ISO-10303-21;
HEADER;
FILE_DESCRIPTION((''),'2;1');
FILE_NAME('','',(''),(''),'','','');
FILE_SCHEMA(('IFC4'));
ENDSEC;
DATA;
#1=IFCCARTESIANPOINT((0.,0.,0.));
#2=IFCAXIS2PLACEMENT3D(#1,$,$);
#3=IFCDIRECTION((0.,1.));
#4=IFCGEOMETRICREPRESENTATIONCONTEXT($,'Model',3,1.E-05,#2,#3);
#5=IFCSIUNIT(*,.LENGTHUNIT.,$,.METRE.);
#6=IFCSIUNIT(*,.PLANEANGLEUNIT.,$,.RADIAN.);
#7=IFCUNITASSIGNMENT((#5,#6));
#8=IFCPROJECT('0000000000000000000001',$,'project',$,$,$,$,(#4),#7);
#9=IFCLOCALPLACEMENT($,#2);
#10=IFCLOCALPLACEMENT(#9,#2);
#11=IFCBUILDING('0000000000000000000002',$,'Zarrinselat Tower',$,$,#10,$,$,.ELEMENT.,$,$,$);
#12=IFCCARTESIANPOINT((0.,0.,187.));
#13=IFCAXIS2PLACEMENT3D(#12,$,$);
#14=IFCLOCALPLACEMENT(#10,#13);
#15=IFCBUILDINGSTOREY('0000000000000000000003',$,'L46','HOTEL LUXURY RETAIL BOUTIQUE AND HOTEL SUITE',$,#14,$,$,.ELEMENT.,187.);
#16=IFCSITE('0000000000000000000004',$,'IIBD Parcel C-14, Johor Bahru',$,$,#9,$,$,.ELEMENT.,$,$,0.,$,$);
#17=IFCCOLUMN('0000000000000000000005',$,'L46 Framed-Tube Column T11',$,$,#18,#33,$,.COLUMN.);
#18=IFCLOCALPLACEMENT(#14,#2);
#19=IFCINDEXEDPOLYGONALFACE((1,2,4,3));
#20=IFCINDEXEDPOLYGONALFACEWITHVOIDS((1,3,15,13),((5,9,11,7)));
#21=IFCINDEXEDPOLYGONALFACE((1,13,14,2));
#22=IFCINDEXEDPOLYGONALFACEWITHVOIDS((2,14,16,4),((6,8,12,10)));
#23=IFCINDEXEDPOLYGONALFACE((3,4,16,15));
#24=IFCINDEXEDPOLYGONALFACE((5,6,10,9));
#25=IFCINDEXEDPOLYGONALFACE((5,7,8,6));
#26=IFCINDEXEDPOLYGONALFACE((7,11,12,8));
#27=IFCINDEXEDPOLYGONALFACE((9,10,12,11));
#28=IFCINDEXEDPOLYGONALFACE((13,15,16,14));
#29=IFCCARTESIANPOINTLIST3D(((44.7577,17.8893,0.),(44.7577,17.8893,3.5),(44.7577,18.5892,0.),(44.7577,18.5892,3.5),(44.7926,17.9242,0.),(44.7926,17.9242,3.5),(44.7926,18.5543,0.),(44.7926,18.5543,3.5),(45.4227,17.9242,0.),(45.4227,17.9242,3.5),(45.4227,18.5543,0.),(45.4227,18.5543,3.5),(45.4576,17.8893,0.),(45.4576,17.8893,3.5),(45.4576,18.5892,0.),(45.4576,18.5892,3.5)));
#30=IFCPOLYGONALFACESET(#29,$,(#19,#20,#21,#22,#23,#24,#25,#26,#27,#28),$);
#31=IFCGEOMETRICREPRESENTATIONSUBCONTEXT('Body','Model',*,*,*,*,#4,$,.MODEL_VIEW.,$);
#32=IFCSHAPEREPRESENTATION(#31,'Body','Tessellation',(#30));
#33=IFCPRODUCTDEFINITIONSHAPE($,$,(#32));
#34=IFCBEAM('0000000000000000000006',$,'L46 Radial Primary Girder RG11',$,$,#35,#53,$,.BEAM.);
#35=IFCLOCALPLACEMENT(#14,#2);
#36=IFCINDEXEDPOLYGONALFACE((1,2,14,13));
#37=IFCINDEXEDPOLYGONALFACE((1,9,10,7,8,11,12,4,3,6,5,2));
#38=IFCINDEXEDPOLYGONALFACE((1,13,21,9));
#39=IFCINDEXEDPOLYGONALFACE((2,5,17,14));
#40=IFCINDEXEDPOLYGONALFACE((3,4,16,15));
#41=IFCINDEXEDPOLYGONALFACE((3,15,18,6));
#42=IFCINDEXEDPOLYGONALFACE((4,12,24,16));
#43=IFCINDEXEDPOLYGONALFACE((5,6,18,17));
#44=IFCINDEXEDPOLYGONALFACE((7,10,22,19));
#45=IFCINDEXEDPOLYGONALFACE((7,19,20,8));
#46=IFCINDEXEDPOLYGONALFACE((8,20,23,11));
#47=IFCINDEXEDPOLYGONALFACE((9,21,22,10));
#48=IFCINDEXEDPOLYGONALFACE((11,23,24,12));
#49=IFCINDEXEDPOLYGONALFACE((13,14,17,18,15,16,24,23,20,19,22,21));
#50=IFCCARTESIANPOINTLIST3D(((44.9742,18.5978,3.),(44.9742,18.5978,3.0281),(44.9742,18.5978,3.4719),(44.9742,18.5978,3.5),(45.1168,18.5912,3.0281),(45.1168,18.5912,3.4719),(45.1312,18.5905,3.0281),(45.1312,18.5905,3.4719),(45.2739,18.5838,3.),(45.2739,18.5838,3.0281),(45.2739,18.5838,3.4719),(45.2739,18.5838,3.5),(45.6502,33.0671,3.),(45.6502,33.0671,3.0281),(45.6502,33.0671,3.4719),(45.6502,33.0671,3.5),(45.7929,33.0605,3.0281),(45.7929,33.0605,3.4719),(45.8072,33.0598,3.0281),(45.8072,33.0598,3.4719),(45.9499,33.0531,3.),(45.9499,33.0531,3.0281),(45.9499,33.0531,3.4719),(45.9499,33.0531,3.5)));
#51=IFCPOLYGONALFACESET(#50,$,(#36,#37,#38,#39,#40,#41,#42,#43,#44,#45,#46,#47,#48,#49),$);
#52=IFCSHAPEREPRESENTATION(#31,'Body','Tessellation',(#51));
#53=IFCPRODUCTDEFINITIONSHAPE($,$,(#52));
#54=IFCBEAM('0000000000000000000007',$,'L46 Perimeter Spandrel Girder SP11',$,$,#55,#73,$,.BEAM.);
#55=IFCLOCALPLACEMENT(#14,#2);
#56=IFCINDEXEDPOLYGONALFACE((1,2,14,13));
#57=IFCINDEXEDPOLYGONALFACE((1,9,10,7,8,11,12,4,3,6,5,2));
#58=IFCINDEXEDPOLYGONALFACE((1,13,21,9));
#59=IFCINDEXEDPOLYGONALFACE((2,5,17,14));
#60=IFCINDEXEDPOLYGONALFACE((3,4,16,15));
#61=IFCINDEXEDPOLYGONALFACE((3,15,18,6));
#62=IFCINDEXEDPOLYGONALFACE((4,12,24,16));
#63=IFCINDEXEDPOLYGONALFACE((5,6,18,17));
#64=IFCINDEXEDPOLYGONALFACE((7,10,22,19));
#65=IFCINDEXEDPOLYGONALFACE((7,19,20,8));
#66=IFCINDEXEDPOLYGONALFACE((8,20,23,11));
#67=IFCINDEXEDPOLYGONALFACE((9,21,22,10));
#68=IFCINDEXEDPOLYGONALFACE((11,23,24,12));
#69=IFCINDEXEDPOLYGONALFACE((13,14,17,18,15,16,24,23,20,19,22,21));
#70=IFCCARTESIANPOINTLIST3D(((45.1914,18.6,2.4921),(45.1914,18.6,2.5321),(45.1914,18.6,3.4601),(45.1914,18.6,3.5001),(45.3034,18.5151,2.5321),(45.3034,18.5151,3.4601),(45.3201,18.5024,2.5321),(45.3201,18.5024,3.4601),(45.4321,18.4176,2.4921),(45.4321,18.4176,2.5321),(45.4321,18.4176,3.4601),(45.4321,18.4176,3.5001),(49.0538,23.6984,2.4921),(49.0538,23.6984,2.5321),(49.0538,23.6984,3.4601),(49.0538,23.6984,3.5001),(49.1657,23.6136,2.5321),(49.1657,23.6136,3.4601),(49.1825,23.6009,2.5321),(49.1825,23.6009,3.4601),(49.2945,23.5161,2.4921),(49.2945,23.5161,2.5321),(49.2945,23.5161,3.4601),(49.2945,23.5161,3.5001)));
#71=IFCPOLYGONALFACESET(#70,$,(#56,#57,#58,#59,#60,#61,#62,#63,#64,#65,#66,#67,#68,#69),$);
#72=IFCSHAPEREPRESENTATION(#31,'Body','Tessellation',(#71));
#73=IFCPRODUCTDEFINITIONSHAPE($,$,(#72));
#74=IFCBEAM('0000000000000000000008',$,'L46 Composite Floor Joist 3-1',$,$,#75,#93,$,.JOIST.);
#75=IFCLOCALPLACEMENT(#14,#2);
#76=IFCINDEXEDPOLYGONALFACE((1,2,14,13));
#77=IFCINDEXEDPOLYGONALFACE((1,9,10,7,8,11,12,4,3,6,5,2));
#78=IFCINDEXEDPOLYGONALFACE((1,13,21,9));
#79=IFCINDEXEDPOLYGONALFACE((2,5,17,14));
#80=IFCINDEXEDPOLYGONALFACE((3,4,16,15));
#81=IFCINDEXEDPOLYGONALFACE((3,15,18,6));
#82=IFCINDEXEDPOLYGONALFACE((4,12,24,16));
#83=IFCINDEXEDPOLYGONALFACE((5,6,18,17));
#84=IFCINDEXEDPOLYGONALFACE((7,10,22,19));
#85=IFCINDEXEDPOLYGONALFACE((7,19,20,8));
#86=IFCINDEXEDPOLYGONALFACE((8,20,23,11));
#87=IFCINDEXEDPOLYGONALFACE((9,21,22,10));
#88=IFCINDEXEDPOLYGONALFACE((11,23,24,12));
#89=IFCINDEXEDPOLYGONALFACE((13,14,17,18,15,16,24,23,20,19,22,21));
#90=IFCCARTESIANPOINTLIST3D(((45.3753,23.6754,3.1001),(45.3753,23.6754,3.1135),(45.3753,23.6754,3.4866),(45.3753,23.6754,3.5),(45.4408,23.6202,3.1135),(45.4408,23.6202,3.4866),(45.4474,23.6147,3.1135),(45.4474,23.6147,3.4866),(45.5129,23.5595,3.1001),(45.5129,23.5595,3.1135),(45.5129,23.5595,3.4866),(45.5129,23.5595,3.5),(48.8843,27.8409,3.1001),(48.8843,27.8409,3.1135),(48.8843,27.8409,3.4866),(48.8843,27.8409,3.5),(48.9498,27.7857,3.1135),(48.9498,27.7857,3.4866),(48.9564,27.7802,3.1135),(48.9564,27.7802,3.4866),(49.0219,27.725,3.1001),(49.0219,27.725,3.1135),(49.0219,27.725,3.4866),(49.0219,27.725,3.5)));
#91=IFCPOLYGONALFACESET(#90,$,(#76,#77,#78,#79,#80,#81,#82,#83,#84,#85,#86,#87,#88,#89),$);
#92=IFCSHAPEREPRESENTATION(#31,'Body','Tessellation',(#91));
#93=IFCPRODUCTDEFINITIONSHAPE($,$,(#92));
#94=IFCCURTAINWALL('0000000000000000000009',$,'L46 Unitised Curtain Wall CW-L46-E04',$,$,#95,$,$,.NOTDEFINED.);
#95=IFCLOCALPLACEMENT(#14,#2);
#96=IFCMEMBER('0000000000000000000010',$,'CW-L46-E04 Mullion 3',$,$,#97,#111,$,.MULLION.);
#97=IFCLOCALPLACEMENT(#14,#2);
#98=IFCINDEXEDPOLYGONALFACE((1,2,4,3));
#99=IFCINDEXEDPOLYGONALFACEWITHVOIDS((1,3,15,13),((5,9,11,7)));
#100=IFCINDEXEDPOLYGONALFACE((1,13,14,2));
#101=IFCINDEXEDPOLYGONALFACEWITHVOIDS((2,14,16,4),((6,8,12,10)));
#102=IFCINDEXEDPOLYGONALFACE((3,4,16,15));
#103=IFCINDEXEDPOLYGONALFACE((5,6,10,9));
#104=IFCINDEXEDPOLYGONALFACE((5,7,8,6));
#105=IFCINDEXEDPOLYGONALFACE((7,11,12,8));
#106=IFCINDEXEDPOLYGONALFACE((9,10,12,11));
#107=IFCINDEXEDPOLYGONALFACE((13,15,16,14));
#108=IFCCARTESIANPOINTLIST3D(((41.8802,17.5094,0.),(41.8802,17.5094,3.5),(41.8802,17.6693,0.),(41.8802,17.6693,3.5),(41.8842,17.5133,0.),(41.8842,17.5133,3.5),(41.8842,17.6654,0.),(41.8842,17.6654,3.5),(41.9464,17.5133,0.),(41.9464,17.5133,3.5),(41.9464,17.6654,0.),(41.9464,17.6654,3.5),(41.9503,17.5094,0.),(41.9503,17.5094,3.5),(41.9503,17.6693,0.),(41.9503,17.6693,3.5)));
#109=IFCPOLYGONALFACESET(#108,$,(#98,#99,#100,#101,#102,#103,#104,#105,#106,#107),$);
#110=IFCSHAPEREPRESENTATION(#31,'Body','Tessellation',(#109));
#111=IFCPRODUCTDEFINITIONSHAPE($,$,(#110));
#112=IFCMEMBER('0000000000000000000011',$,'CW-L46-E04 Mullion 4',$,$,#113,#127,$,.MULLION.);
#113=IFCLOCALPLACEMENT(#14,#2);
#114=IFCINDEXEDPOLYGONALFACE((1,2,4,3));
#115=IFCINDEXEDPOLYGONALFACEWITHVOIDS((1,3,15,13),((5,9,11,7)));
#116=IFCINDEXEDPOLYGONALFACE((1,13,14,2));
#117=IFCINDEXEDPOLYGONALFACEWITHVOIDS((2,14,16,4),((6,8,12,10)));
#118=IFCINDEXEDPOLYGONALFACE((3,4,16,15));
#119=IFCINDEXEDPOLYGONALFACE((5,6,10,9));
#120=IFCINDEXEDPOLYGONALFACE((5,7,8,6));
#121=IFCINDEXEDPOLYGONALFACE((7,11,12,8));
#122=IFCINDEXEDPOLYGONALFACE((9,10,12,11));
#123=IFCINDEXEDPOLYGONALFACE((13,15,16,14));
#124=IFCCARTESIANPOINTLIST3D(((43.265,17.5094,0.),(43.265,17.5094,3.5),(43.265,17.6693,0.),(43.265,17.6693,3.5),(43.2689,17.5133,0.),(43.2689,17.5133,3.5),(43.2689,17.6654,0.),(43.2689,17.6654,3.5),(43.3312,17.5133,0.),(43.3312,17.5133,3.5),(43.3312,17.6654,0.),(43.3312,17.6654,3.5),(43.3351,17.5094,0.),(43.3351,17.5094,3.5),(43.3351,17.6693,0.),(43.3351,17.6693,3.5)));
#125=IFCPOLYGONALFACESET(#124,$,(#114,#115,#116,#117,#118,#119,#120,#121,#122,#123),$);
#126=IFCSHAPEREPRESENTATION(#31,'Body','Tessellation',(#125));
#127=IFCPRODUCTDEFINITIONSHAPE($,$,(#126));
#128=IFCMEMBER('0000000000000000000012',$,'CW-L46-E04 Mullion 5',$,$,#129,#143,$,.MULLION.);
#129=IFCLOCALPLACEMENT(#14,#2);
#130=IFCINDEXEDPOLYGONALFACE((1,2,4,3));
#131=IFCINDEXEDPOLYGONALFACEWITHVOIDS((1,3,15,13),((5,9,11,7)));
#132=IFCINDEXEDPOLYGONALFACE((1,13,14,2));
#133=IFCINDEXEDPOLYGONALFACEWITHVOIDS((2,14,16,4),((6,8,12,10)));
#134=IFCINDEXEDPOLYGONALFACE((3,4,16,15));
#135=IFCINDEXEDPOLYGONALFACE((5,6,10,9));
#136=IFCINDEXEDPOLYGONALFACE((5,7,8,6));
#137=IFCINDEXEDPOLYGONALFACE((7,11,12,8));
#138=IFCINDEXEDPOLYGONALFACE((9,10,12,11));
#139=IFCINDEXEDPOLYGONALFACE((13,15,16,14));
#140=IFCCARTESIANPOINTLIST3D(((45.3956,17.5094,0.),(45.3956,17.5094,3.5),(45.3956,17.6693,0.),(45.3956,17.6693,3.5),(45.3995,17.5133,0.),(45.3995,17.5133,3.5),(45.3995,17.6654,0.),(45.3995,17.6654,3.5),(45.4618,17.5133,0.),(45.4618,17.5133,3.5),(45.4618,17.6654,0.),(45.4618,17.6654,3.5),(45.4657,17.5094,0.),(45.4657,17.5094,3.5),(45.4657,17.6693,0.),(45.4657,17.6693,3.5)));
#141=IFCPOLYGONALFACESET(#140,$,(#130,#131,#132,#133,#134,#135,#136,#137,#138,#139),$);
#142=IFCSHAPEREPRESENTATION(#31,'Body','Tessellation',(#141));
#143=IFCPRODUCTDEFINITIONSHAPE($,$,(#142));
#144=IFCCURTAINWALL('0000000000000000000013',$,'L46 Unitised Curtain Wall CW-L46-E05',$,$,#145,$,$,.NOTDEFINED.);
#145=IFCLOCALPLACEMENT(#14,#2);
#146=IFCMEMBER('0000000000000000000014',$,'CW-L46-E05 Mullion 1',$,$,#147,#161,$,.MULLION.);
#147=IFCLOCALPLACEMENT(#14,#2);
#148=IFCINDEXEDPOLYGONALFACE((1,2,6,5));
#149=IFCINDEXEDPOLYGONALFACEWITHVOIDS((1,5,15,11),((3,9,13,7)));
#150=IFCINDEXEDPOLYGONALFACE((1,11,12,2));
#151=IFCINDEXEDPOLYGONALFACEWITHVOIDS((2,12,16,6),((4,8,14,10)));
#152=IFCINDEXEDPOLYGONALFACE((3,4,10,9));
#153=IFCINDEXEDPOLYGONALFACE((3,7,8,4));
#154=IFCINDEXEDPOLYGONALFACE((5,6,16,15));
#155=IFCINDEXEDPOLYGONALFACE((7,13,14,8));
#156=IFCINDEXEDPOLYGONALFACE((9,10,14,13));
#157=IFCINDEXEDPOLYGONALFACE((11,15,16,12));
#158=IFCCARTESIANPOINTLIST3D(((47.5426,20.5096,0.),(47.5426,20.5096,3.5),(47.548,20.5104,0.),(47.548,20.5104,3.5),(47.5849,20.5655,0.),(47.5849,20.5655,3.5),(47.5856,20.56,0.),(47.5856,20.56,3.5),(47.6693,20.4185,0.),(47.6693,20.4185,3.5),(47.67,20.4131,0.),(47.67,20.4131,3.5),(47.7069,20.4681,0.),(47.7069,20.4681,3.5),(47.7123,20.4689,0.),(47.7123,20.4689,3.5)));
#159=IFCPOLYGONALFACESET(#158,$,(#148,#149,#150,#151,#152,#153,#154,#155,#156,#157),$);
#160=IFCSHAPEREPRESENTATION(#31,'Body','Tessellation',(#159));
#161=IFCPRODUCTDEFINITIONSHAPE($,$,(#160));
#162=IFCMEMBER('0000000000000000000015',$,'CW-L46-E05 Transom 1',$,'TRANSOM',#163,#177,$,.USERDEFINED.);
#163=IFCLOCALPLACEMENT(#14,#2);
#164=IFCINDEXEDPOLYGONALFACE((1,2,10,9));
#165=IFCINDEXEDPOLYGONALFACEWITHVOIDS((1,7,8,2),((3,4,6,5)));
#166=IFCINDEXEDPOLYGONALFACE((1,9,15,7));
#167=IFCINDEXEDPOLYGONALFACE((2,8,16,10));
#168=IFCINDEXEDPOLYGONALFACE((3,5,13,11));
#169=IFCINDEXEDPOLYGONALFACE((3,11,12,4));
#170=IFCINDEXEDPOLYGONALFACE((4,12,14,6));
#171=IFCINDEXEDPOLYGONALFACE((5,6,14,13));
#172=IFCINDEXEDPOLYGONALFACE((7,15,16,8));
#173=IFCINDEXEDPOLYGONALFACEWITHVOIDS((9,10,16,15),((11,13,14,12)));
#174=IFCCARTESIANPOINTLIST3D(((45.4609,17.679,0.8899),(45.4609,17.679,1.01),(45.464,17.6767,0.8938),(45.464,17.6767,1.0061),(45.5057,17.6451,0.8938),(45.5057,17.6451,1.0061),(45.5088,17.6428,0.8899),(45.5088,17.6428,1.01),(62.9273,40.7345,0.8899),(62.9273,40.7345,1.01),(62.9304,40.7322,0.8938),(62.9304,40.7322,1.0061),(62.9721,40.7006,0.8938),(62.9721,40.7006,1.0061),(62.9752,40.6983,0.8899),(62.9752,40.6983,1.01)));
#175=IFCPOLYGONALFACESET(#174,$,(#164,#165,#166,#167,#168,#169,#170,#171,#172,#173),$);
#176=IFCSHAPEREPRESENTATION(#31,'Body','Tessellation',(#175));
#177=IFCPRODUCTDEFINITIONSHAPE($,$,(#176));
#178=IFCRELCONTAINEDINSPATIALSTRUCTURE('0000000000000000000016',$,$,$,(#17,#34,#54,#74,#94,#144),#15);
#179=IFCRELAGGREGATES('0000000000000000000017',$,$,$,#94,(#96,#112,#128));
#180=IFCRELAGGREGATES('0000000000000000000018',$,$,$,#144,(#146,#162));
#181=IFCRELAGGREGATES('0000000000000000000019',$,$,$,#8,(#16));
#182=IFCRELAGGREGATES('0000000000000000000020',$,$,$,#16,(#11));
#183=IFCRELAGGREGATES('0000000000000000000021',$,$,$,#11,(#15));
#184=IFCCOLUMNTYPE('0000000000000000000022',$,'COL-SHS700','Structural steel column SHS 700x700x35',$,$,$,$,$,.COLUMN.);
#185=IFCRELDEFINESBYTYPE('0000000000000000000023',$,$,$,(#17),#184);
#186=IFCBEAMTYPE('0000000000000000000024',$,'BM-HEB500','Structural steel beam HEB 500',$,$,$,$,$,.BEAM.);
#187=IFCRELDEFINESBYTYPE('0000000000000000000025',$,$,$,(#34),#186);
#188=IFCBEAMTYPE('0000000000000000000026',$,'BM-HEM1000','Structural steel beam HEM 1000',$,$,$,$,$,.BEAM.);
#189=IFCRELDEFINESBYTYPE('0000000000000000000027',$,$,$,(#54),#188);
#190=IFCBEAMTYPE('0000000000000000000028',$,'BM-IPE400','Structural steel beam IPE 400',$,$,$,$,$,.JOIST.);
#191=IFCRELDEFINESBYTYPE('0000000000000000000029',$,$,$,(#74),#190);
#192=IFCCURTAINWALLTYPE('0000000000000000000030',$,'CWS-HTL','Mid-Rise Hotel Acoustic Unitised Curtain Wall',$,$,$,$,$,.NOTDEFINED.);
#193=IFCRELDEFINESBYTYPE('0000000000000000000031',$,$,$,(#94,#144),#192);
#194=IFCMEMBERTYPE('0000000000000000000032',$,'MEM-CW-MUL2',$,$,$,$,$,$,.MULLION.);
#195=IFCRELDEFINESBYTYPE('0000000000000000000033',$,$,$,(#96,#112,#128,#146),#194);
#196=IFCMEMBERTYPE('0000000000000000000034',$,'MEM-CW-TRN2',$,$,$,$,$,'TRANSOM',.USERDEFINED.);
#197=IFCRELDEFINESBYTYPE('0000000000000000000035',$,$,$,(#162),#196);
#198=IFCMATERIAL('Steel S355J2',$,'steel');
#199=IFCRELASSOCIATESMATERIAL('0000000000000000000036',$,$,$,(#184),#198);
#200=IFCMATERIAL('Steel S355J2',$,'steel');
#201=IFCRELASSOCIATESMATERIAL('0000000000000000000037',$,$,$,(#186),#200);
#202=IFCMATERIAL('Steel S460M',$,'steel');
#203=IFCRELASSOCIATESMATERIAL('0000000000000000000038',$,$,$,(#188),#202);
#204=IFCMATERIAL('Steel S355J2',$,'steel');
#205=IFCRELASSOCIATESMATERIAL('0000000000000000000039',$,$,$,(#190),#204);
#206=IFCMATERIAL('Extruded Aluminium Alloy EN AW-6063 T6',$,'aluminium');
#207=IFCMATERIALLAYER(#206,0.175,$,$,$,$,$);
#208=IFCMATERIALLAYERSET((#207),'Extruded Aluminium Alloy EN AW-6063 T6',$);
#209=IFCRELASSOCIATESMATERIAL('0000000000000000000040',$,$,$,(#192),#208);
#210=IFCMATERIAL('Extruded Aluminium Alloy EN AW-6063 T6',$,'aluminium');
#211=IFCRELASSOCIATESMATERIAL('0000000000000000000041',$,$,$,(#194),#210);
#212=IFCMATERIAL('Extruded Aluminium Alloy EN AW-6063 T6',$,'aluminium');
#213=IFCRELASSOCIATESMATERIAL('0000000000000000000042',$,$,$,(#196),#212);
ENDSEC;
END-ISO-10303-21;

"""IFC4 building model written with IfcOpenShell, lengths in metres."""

from ifc_helpers import new_model, si_unit, direction, frame, origin, origin_2d, place, context, subcontext, project, spatial, hollow_rectangle, i_section, extrude, material, layer, layer_set, material_profile, profile_set, type_object, element, aggregate, save


model = new_model("IFC4")

# Units and contexts
model_context = context("Model", 3, precision=1e-05, world=origin(), true_north=direction((0.0, 1.0)))
body_context = subcontext(model_context, "Body", "Model", "MODEL_VIEW")
ifc_project = project(units=[si_unit("LENGTHUNIT", "METRE"), si_unit("PLANEANGLEUNIT", "RADIAN")], contexts=[model_context])

# Site, building, storey
site_placement = place(None, origin())
site = spatial("IfcSite", under=ifc_project, at=site_placement, Name="IIBD Parcel C-14, Johor Bahru", CompositionType="ELEMENT", RefElevation=0.0)
building_placement = place(site_placement, origin())
building = spatial("IfcBuilding", under=site, at=building_placement, Name="Zarrinselat Tower", CompositionType="ELEMENT")
storey_placement = place(building_placement, frame((0.0, 0.0, 187.0)))
storey = spatial("IfcBuildingStorey", under=building, at=storey_placement, Name="L46", Description="HOTEL LUXURY RETAIL BOUTIQUE AND HOTEL SUITE", CompositionType="ELEMENT", Elevation=187.0)

# Column
ifc_material_1 = material(Name="Steel S355J2", Category="steel")
ifc_material_profile_1 = material_profile(ifc_material_1, hollow_rectangle(XDim=0.7, YDim=0.7, WallThickness=0.0349, at=origin_2d()), Name="SHS 700x700x35")
ifc_profile_set_1 = profile_set([ifc_material_profile_1], Name="Steel S355J2")
column_type = type_object("IfcColumnType", Name="COL-SHS700", Description="Structural steel column SHS 700x700x35", PredefinedType="COLUMN", material=ifc_profile_set_1)
column_placement = place(storey_placement, frame((45.1077, 18.2393, 0.0), z_axis=(0.0, 0.0, 1.0), x_axis=(1.0, 0.0, 0.0)))
element("IfcColumn", 1, at=column_placement, inside=storey, type_object=column_type, Name="L46 Framed-Tube Column T11", PredefinedType="COLUMN", context=body_context, shape_type="SweptSolid", body=[
    extrude(hollow_rectangle(XDim=0.7, YDim=0.7, WallThickness=0.0349, at=origin_2d()), origin(), (0.0, 0.0, 1.0), 3.5),
])

# Beams
ifc_material_2 = material(Name="Steel S355J2", Category="steel")
ifc_material_profile_2 = material_profile(ifc_material_2, i_section(OverallWidth=0.3, OverallDepth=0.5, WebThickness=0.0144, FlangeThickness=0.0281, at=origin_2d()), Name="HEB 500")
ifc_profile_set_2 = profile_set([ifc_material_profile_2], Name="Steel S355J2")
beam_type_1 = type_object("IfcBeamType", Name="BM-HEB500", Description="Structural steel beam HEB 500", PredefinedType="BEAM", material=ifc_profile_set_2)
beam_1_placement = place(storey_placement, frame((45.124, 18.5908, 3.25), z_axis=(0.046671, 0.99891, 0.0), x_axis=(-0.99891, 0.046671, 0.0)))
element("IfcBeam", 2, at=beam_1_placement, inside=storey, type_object=beam_type_1, Name="L46 Radial Primary Girder RG11", PredefinedType="BEAM", context=body_context, shape_type="SweptSolid", body=[
    extrude(i_section(OverallWidth=0.3, OverallDepth=0.5, WebThickness=0.0144, FlangeThickness=0.0281, at=origin_2d()), origin(), (0.0, 0.0, 1.0), 14.4851),
])
ifc_material_3 = material(Name="Steel S460M", Category="steel")
ifc_material_profile_3 = material_profile(ifc_material_3, i_section(OverallWidth=0.302, OverallDepth=1.0081, WebThickness=0.021, FlangeThickness=0.04, at=origin_2d()), Name="HEM 1000")
ifc_profile_set_3 = profile_set([ifc_material_profile_3], Name="Steel S460M")
beam_type_2 = type_object("IfcBeamType", Name="BM-HEM1000", Description="Structural steel beam HEM 1000", PredefinedType="BEAM", material=ifc_profile_set_3)
beam_2_placement = place(storey_placement, frame((45.3118, 18.5088, 2.9961), z_axis=(0.603847, 0.7971, 0.0), x_axis=(-0.7971, 0.603847, 0.0)))
element("IfcBeam", 3, at=beam_2_placement, inside=storey, type_object=beam_type_2, Name="L46 Perimeter Spandrel Girder SP11", PredefinedType="BEAM", context=body_context, shape_type="SweptSolid", body=[
    extrude(i_section(OverallWidth=0.302, OverallDepth=1.0081, WebThickness=0.021, FlangeThickness=0.04, at=origin_2d()), origin(), (0.0, 0.0, 1.0), 6.3962),
])
ifc_material_4 = material(Name="Steel S355J2", Category="steel")
ifc_material_profile_4 = material_profile(ifc_material_4, i_section(OverallWidth=0.1799, OverallDepth=0.3999, WebThickness=0.0085, FlangeThickness=0.0134, at=origin_2d()), Name="IPE 400")
ifc_profile_set_4 = profile_set([ifc_material_profile_4], Name="Steel S355J2")
beam_type_3 = type_object("IfcBeamType", Name="BM-IPE400", Description="Structural steel beam IPE 400", PredefinedType="JOIST", material=ifc_profile_set_4)
beam_3_placement = place(storey_placement, frame((45.4441, 23.6174, 3.3), z_axis=(0.644267, 0.764801, 0.0), x_axis=(-0.764801, 0.644267, 0.0)))
element("IfcBeam", 4, at=beam_3_placement, inside=storey, type_object=beam_type_3, Name="L46 Composite Floor Joist 3-1", PredefinedType="JOIST", context=body_context, shape_type="SweptSolid", body=[
    extrude(i_section(OverallWidth=0.1799, OverallDepth=0.3999, WebThickness=0.0085, FlangeThickness=0.0134, at=origin_2d()), origin(), (0.0, 0.0, 1.0), 5.4465),
])

# Curtain walls, members
ifc_material_5 = material(Name="Extruded Aluminium Alloy EN AW-6063 T6", Category="aluminium")
ifc_layer_1 = layer(ifc_material_5, 0.175)
ifc_layer_set_1 = layer_set([ifc_layer_1], Name="Extruded Aluminium Alloy EN AW-6063 T6")
curtain_wall_type = type_object("IfcCurtainWallType", Name="CWS-HTL", Description="Mid-Rise Hotel Acoustic Unitised Curtain Wall", PredefinedType="NOTDEFINED", material=ifc_layer_set_1)
curtain_wall_1_placement = place(storey_placement, origin())
curtain_wall_1 = element("IfcCurtainWall", 5, at=curtain_wall_1_placement, inside=storey, type_object=curtain_wall_type, Name="L46 Unitised Curtain Wall CW-L46-E04", PredefinedType="NOTDEFINED")
ifc_material_6 = material(Name="Extruded Aluminium Alloy EN AW-6063 T6", Category="aluminium")
ifc_material_profile_5 = material_profile(ifc_material_6, hollow_rectangle(XDim=0.0701, YDim=0.1599, WallThickness=0.0039, at=origin_2d()), Name="RHS 160x70x4")
ifc_profile_set_5 = profile_set([ifc_material_profile_5], Name="Extruded Aluminium Alloy EN AW-6063 T6")
member_type_1 = type_object("IfcMemberType", Name="MEM-CW-MUL2", PredefinedType="MULLION", material=ifc_profile_set_5)
member_1_placement = place(storey_placement, frame((41.9153, 17.5894, 0.0), z_axis=(0.0, 0.0, 1.0), x_axis=(1.0, 0.0, 0.0)))
member_1 = element("IfcMember", 6, at=member_1_placement, type_object=member_type_1, Name="CW-L46-E04 Mullion 3", PredefinedType="MULLION", context=body_context, shape_type="SweptSolid", body=[
    extrude(hollow_rectangle(XDim=0.0701, YDim=0.1599, WallThickness=0.0039, at=origin_2d()), origin(), (0.0, 0.0, 1.0), 3.5),
])
member_2_placement = place(storey_placement, frame((43.3, 17.5894, 0.0), z_axis=(0.0, 0.0, 1.0), x_axis=(1.0, 0.0, 0.0)))
member_2 = element("IfcMember", 7, at=member_2_placement, type_object=member_type_1, Name="CW-L46-E04 Mullion 4", PredefinedType="MULLION", context=body_context, shape_type="SweptSolid", body=[
    extrude(hollow_rectangle(XDim=0.0701, YDim=0.1599, WallThickness=0.0039, at=origin_2d()), origin(), (0.0, 0.0, 1.0), 3.5),
])
member_3_placement = place(storey_placement, frame((45.4307, 17.5894, 0.0), z_axis=(0.0, 0.0, 1.0), x_axis=(1.0, 0.0, 0.0)))
member_3 = element("IfcMember", 8, at=member_3_placement, type_object=member_type_1, Name="CW-L46-E04 Mullion 5", PredefinedType="MULLION", context=body_context, shape_type="SweptSolid", body=[
    extrude(hollow_rectangle(XDim=0.0701, YDim=0.1599, WallThickness=0.0039, at=origin_2d()), origin(), (0.0, 0.0, 1.0), 3.5),
])
curtain_wall_2_placement = place(storey_placement, origin())
curtain_wall_2 = element("IfcCurtainWall", 9, at=curtain_wall_2_placement, inside=storey, type_object=curtain_wall_type, Name="L46 Unitised Curtain Wall CW-L46-E05", PredefinedType="NOTDEFINED")
member_4_placement = place(storey_placement, frame((47.6274, 20.4893, 0.0), z_axis=(0.0, 0.0, 1.0), x_axis=(0.603857, 0.797093, 0.0)))
member_4 = element("IfcMember", 10, at=member_4_placement, type_object=member_type_1, Name="CW-L46-E05 Mullion 1", PredefinedType="MULLION", context=body_context, shape_type="SweptSolid", body=[
    extrude(hollow_rectangle(XDim=0.0701, YDim=0.1599, WallThickness=0.0039, at=origin_2d()), origin(), (0.0, 0.0, 1.0), 3.5),
])
ifc_material_7 = material(Name="Extruded Aluminium Alloy EN AW-6063 T6", Category="aluminium")
ifc_material_profile_6 = material_profile(ifc_material_7, hollow_rectangle(XDim=0.0601, YDim=0.1201, WallThickness=0.0039, at=origin_2d()), Name="RHS 120x60x4")
ifc_profile_set_6 = profile_set([ifc_material_profile_6], Name="Extruded Aluminium Alloy EN AW-6063 T6")
member_type_2 = type_object("IfcMemberType", Name="MEM-CW-TRN2", ElementType="TRANSOM", PredefinedType="USERDEFINED", material=ifc_profile_set_6)
member_5_placement = place(storey_placement, frame((45.4849, 17.6609, 0.95), z_axis=(0.603859, 0.797091, 0.0), x_axis=(-0.797091, 0.603859, 0.0)))
member_5 = element("IfcMember", 11, at=member_5_placement, type_object=member_type_2, Name="CW-L46-E05 Transom 1", ObjectType="TRANSOM", PredefinedType="USERDEFINED", context=body_context, shape_type="SweptSolid", body=[
    extrude(hollow_rectangle(XDim=0.0601, YDim=0.1201, WallThickness=0.0039, at=origin_2d()), origin(), (0.0, 0.0, 1.0), 28.9246),
])

aggregate(curtain_wall_1, [member_1, member_2, member_3])
aggregate(curtain_wall_2, [member_4, member_5])

save(model, "model.ifc")
